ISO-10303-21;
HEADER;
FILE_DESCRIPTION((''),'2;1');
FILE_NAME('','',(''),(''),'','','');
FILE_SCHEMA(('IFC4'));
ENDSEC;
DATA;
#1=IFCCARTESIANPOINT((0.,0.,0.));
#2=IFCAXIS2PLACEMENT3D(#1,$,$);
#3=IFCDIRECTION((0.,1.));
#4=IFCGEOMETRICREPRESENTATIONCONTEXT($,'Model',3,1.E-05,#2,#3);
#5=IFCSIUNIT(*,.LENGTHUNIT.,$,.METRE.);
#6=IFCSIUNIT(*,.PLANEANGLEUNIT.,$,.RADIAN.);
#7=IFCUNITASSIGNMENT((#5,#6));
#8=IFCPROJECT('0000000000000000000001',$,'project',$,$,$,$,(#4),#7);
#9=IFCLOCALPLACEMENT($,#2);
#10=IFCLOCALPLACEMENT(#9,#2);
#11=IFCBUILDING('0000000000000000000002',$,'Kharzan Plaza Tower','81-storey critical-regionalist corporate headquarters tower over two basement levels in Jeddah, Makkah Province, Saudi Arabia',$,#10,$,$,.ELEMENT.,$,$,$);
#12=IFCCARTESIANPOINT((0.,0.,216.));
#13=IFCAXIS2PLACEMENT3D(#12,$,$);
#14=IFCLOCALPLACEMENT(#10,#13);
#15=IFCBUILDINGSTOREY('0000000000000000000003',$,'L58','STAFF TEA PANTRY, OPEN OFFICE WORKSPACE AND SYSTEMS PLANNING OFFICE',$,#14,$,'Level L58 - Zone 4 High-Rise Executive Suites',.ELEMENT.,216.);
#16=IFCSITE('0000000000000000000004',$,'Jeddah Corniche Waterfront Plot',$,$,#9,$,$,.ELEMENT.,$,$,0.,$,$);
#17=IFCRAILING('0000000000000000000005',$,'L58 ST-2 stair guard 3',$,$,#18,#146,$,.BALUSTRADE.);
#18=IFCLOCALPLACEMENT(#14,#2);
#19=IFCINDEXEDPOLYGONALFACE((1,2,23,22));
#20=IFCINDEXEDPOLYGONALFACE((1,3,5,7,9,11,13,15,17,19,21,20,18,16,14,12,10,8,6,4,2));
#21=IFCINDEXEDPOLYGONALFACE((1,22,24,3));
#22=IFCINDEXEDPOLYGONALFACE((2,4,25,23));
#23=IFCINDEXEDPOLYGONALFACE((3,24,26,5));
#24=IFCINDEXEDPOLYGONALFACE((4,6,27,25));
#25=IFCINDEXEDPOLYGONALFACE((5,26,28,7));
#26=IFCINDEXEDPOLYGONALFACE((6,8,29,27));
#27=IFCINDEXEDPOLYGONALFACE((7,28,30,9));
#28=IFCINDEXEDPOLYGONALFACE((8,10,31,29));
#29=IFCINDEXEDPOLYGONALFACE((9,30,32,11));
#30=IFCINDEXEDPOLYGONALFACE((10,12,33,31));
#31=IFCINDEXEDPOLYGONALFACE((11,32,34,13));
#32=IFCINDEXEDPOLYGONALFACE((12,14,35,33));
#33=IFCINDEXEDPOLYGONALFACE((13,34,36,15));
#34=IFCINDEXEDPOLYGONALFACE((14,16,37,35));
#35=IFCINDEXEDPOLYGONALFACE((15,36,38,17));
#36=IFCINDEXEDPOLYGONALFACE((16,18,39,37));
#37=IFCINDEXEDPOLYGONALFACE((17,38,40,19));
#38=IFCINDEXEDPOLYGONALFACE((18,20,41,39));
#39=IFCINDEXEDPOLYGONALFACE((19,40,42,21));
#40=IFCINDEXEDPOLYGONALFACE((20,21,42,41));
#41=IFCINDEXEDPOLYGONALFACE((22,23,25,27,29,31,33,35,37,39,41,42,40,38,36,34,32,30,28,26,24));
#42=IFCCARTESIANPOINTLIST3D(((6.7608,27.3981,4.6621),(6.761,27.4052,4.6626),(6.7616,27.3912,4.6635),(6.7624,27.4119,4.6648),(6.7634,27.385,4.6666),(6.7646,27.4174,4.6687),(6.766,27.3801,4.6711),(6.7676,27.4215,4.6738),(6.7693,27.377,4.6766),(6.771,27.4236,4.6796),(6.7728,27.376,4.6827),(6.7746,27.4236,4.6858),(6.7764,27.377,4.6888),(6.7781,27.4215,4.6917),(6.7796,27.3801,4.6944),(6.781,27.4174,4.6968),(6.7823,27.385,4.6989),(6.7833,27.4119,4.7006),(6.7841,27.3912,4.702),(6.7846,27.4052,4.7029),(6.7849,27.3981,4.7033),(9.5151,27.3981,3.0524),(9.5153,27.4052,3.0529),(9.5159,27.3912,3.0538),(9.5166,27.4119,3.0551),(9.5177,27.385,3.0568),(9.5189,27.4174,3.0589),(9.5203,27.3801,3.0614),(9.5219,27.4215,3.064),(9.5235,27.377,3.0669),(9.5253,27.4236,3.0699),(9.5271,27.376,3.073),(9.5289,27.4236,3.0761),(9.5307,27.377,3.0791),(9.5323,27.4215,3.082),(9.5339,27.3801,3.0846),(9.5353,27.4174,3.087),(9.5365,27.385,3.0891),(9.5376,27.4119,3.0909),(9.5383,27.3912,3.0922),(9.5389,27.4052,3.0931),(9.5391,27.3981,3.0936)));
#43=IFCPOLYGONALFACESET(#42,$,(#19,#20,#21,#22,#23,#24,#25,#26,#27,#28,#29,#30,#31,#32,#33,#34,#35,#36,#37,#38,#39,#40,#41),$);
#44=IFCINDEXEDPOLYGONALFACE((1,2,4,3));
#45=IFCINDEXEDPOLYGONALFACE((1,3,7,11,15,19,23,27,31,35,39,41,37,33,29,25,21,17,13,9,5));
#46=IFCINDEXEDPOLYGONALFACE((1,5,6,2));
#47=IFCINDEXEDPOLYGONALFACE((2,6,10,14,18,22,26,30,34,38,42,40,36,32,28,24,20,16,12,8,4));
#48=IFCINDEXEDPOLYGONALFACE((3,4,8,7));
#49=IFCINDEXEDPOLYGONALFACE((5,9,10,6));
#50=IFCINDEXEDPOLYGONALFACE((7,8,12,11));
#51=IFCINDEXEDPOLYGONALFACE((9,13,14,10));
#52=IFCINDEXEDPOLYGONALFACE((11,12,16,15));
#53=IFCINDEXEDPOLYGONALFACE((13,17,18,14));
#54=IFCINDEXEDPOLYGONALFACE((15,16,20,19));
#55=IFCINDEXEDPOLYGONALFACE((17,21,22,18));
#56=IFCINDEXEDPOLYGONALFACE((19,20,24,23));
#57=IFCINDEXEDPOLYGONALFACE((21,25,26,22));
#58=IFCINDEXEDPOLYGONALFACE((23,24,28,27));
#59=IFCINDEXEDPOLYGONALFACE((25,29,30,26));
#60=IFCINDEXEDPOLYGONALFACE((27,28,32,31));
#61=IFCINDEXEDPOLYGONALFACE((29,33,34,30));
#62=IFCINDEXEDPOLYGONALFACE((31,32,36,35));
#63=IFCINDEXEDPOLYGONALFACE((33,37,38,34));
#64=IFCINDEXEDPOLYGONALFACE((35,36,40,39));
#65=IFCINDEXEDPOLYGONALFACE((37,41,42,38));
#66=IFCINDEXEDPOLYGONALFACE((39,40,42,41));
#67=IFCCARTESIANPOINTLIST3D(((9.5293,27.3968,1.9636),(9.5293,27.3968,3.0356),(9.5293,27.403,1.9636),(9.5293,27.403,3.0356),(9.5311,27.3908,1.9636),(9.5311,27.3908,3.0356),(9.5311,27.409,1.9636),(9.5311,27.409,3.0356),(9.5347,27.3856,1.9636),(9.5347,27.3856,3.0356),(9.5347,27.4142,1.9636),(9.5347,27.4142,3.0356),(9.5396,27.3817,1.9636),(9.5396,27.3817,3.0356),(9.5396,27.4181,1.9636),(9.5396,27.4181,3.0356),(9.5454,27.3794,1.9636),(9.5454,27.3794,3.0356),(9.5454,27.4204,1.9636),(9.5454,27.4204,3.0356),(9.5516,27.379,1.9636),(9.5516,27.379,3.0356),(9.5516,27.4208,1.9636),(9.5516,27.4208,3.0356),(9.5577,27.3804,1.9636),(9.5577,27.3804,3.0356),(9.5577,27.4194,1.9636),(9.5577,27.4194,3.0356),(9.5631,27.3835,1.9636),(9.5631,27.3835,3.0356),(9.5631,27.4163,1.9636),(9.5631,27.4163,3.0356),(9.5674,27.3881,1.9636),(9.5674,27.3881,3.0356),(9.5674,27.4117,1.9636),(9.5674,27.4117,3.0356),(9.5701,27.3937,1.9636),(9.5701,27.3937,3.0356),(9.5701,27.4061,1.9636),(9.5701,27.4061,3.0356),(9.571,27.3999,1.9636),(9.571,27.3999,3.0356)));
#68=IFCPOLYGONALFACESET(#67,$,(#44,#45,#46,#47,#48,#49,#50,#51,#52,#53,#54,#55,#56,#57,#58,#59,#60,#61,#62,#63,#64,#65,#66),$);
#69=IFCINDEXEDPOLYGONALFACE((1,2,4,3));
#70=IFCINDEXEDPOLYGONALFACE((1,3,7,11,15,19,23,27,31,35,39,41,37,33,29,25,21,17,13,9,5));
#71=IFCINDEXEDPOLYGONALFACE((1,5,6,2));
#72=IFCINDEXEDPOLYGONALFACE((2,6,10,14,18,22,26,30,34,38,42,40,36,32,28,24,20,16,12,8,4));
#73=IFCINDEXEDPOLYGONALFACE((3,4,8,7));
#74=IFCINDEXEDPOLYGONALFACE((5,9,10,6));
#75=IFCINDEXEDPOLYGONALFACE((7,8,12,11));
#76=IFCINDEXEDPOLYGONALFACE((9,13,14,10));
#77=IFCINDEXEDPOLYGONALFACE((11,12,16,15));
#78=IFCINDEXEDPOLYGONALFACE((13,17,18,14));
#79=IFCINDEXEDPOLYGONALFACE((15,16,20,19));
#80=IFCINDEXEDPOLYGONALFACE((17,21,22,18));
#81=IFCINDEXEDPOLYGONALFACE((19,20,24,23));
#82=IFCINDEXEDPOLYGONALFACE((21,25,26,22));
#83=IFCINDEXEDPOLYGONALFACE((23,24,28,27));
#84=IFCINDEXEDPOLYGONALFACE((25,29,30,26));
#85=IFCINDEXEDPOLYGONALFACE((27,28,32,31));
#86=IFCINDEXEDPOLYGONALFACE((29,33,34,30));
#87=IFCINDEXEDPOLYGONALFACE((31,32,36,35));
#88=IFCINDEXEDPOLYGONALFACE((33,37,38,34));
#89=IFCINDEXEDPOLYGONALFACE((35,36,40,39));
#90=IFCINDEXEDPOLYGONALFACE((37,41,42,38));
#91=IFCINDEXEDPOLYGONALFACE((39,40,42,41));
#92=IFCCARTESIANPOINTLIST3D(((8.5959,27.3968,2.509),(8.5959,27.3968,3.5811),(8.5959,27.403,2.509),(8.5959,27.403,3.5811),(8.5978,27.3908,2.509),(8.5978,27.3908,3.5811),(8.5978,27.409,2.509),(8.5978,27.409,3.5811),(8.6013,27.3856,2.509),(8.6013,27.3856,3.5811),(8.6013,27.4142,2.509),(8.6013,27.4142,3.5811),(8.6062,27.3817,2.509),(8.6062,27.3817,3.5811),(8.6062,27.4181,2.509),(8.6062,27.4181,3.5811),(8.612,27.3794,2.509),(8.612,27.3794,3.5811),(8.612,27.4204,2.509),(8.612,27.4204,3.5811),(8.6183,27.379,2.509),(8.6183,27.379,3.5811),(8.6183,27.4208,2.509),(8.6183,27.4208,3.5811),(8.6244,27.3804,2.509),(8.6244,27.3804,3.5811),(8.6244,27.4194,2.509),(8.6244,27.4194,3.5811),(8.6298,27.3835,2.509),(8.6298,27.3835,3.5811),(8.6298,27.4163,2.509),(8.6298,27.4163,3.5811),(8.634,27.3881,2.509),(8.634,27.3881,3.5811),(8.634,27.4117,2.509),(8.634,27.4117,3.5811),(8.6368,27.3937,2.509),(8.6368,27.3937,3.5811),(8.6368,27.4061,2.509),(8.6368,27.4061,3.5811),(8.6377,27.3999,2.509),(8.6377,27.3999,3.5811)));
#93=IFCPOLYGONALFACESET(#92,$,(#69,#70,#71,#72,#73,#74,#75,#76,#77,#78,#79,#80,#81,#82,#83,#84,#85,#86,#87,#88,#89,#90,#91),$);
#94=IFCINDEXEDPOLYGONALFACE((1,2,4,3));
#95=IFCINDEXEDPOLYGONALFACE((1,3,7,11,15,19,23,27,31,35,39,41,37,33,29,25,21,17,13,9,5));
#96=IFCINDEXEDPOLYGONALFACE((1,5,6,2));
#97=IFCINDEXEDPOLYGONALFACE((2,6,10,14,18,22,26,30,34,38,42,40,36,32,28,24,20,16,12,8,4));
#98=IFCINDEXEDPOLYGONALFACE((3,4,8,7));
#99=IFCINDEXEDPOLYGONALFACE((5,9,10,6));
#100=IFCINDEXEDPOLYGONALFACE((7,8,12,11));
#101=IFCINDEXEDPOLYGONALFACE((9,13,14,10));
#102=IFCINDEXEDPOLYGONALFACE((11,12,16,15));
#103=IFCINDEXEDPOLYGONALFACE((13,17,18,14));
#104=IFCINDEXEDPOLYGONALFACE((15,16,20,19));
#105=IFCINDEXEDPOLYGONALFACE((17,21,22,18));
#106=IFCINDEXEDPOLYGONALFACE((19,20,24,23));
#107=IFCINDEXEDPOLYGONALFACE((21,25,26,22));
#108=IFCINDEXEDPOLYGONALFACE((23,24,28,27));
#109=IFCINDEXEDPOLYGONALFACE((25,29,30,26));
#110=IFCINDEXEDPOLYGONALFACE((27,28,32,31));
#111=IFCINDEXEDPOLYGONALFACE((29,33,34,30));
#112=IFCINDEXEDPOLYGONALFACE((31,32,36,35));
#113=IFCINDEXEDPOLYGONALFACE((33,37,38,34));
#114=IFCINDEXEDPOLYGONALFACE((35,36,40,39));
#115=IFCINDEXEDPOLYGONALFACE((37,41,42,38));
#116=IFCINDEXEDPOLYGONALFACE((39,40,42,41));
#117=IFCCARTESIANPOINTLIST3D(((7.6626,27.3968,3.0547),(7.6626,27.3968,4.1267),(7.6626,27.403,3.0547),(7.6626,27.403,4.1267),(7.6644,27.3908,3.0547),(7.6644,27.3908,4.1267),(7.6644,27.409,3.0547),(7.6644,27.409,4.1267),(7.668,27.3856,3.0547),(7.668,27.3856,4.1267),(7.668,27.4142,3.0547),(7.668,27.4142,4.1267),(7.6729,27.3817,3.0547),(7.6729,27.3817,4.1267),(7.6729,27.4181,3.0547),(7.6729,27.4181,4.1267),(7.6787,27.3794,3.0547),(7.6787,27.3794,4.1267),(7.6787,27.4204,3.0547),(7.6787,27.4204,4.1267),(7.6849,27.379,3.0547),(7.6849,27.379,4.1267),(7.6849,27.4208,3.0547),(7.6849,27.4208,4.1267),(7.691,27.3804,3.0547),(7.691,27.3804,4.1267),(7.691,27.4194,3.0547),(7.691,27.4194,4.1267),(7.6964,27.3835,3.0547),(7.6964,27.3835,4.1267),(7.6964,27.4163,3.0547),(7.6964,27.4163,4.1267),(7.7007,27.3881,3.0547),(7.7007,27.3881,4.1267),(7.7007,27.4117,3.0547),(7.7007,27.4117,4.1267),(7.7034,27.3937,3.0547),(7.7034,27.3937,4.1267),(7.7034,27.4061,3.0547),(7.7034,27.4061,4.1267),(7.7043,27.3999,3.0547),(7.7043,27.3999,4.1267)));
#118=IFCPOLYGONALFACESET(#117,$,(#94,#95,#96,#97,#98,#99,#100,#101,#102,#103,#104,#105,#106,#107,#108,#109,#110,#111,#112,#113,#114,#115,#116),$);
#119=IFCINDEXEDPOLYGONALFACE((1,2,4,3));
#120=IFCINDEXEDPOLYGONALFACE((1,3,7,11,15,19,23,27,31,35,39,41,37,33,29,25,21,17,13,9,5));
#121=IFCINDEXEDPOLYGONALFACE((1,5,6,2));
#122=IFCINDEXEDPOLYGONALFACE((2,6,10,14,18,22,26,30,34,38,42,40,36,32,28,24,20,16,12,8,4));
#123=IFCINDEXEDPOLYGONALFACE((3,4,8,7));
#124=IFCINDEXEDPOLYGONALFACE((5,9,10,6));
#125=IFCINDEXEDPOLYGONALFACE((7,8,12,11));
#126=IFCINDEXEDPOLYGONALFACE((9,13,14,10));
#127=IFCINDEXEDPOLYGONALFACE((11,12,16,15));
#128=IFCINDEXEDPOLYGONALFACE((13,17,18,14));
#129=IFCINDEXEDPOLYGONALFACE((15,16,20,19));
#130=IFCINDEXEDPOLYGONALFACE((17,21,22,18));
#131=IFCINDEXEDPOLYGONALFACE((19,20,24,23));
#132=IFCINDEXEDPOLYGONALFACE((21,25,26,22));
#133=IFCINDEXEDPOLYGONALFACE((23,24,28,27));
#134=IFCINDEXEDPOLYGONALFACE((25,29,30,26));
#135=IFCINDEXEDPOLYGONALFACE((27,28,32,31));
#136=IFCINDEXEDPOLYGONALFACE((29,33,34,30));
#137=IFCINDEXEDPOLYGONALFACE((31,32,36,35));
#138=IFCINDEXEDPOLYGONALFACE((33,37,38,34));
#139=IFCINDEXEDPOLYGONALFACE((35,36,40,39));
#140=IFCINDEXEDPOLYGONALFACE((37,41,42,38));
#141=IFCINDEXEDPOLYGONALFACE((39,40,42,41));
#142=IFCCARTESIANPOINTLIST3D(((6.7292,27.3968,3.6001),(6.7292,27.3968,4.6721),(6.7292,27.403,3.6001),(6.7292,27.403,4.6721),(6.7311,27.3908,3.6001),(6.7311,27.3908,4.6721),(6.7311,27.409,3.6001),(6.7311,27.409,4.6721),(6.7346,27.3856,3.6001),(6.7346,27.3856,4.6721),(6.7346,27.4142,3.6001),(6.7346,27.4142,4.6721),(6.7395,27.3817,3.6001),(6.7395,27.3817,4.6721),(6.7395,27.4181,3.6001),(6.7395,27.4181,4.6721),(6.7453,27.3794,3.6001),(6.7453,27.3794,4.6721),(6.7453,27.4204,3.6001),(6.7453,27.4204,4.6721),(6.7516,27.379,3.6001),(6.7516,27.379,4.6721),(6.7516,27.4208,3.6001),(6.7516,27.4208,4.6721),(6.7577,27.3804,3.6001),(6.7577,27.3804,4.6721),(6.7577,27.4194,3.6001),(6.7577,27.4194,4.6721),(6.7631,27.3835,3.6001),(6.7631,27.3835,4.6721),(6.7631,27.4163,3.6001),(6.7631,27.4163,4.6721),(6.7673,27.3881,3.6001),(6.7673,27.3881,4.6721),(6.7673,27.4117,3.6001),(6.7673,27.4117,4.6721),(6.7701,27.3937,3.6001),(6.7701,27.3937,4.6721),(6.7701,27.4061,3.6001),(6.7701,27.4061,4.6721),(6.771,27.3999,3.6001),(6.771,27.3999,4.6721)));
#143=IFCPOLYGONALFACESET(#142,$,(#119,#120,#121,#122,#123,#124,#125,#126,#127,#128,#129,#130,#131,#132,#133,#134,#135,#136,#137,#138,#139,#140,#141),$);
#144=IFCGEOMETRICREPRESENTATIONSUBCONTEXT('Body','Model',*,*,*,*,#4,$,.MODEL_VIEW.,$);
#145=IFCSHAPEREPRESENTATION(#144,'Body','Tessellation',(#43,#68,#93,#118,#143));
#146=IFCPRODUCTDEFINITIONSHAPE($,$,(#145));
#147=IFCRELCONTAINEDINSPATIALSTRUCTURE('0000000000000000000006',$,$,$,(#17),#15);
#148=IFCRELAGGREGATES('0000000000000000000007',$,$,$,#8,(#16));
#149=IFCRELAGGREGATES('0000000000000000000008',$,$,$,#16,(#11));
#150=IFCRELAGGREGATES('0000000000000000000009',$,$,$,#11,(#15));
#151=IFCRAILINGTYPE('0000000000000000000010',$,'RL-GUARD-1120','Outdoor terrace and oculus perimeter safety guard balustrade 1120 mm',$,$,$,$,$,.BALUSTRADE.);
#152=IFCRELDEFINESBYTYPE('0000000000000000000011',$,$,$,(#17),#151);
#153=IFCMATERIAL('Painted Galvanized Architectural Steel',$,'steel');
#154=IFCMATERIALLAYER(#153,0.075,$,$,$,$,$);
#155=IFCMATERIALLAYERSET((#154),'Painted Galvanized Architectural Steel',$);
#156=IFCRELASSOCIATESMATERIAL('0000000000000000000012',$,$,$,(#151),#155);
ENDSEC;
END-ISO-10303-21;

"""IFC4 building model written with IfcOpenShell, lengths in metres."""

from ifc_helpers import new_model, si_unit, direction, frame, origin, origin_2d, place, context, subcontext, project, spatial, circle, extrude, source, transform, mapped, material, layer, layer_set, type_object, element, save


model = new_model("IFC4")

# Units and contexts
model_context = context("Model", 3, precision=1e-05, world=origin(), true_north=direction((0.0, 1.0)))
body_context = subcontext(model_context, "Body", "Model", "MODEL_VIEW")
ifc_project = project(units=[si_unit("LENGTHUNIT", "METRE"), si_unit("PLANEANGLEUNIT", "RADIAN")], contexts=[model_context])

# Site, building, storey
site_placement = place(None, origin())
site = spatial("IfcSite", under=ifc_project, at=site_placement, Name="Jeddah Corniche Waterfront Plot", CompositionType="ELEMENT", RefElevation=0.0)
building_placement = place(site_placement, origin())
building = spatial("IfcBuilding", under=site, at=building_placement, Name="Kharzan Plaza Tower", Description="81-storey critical-regionalist corporate headquarters tower over two basement levels in Jeddah, Makkah Province, Saudi Arabia", CompositionType="ELEMENT")
storey_placement = place(building_placement, frame((0.0, 0.0, 216.0)))
storey = spatial("IfcBuildingStorey", under=building, at=storey_placement, Name="L58", Description="STAFF TEA PANTRY, OPEN OFFICE WORKSPACE AND SYSTEMS PLANNING OFFICE", LongName="Level L58 - Zone 4 High-Rise Executive Suites", CompositionType="ELEMENT", Elevation=216.0)

# Railing
ifc_material_1 = material(Name="Painted Galvanized Architectural Steel", Category="steel")
ifc_layer_1 = layer(ifc_material_1, 0.075)
ifc_layer_set_1 = layer_set([ifc_layer_1], Name="Painted Galvanized Architectural Steel")
railing_type_1 = type_object("IfcRailingType", Name="RL-GUARD-1120", Description="Outdoor terrace and oculus perimeter safety guard balustrade 1120 mm", PredefinedType="BALUSTRADE", material=ifc_layer_set_1)
shared_shape_1 = source(origin(), body_context, "Body", "SweptSolid", [
    extrude(circle(Radius=0.0239, at=origin_2d()), frame((-0.0229, 0.0, 1.1094), z_axis=(-0.863361, 0.0, 0.504587), x_axis=(0.0, -1.0, 0.0)), (0.0, 0.0, 1.0), 3.1902),
    extrude(circle(Radius=0.021, at=origin_2d()), origin(), (0.0, 0.0, 1.0), 1.072),
    extrude(circle(Radius=0.021, at=origin_2d()), frame((-0.9333, 0.0, 0.5454)), (0.0, 0.0, 1.0), 1.072),
    extrude(circle(Radius=0.021, at=origin_2d()), frame((-1.8667, 0.0, 1.0911)), (0.0, 0.0, 1.0), 1.072),
    extrude(circle(Radius=0.021, at=origin_2d()), frame((-2.8, 0.0, 1.6365)), (0.0, 0.0, 1.0), 1.072),
])
railing_1_placement = place(storey_placement, frame((9.55, 27.3999, 1.9636)))
element("IfcRailing", 1, at=railing_1_placement, inside=storey, type_object=railing_type_1, Name="L58 ST-2 stair guard 3", PredefinedType="BALUSTRADE", context=body_context, shape_type="MappedRepresentation", body=[
    mapped(shared_shape_1, transform((0.0, 0.0, 0.0), x_axis=(1.0, 0.0, 0.0), y_axis=(0.0, 1.0, 0.0), z_axis=(0.0, 0.0, 1.0))),
])

save(model, "model.ifc")
